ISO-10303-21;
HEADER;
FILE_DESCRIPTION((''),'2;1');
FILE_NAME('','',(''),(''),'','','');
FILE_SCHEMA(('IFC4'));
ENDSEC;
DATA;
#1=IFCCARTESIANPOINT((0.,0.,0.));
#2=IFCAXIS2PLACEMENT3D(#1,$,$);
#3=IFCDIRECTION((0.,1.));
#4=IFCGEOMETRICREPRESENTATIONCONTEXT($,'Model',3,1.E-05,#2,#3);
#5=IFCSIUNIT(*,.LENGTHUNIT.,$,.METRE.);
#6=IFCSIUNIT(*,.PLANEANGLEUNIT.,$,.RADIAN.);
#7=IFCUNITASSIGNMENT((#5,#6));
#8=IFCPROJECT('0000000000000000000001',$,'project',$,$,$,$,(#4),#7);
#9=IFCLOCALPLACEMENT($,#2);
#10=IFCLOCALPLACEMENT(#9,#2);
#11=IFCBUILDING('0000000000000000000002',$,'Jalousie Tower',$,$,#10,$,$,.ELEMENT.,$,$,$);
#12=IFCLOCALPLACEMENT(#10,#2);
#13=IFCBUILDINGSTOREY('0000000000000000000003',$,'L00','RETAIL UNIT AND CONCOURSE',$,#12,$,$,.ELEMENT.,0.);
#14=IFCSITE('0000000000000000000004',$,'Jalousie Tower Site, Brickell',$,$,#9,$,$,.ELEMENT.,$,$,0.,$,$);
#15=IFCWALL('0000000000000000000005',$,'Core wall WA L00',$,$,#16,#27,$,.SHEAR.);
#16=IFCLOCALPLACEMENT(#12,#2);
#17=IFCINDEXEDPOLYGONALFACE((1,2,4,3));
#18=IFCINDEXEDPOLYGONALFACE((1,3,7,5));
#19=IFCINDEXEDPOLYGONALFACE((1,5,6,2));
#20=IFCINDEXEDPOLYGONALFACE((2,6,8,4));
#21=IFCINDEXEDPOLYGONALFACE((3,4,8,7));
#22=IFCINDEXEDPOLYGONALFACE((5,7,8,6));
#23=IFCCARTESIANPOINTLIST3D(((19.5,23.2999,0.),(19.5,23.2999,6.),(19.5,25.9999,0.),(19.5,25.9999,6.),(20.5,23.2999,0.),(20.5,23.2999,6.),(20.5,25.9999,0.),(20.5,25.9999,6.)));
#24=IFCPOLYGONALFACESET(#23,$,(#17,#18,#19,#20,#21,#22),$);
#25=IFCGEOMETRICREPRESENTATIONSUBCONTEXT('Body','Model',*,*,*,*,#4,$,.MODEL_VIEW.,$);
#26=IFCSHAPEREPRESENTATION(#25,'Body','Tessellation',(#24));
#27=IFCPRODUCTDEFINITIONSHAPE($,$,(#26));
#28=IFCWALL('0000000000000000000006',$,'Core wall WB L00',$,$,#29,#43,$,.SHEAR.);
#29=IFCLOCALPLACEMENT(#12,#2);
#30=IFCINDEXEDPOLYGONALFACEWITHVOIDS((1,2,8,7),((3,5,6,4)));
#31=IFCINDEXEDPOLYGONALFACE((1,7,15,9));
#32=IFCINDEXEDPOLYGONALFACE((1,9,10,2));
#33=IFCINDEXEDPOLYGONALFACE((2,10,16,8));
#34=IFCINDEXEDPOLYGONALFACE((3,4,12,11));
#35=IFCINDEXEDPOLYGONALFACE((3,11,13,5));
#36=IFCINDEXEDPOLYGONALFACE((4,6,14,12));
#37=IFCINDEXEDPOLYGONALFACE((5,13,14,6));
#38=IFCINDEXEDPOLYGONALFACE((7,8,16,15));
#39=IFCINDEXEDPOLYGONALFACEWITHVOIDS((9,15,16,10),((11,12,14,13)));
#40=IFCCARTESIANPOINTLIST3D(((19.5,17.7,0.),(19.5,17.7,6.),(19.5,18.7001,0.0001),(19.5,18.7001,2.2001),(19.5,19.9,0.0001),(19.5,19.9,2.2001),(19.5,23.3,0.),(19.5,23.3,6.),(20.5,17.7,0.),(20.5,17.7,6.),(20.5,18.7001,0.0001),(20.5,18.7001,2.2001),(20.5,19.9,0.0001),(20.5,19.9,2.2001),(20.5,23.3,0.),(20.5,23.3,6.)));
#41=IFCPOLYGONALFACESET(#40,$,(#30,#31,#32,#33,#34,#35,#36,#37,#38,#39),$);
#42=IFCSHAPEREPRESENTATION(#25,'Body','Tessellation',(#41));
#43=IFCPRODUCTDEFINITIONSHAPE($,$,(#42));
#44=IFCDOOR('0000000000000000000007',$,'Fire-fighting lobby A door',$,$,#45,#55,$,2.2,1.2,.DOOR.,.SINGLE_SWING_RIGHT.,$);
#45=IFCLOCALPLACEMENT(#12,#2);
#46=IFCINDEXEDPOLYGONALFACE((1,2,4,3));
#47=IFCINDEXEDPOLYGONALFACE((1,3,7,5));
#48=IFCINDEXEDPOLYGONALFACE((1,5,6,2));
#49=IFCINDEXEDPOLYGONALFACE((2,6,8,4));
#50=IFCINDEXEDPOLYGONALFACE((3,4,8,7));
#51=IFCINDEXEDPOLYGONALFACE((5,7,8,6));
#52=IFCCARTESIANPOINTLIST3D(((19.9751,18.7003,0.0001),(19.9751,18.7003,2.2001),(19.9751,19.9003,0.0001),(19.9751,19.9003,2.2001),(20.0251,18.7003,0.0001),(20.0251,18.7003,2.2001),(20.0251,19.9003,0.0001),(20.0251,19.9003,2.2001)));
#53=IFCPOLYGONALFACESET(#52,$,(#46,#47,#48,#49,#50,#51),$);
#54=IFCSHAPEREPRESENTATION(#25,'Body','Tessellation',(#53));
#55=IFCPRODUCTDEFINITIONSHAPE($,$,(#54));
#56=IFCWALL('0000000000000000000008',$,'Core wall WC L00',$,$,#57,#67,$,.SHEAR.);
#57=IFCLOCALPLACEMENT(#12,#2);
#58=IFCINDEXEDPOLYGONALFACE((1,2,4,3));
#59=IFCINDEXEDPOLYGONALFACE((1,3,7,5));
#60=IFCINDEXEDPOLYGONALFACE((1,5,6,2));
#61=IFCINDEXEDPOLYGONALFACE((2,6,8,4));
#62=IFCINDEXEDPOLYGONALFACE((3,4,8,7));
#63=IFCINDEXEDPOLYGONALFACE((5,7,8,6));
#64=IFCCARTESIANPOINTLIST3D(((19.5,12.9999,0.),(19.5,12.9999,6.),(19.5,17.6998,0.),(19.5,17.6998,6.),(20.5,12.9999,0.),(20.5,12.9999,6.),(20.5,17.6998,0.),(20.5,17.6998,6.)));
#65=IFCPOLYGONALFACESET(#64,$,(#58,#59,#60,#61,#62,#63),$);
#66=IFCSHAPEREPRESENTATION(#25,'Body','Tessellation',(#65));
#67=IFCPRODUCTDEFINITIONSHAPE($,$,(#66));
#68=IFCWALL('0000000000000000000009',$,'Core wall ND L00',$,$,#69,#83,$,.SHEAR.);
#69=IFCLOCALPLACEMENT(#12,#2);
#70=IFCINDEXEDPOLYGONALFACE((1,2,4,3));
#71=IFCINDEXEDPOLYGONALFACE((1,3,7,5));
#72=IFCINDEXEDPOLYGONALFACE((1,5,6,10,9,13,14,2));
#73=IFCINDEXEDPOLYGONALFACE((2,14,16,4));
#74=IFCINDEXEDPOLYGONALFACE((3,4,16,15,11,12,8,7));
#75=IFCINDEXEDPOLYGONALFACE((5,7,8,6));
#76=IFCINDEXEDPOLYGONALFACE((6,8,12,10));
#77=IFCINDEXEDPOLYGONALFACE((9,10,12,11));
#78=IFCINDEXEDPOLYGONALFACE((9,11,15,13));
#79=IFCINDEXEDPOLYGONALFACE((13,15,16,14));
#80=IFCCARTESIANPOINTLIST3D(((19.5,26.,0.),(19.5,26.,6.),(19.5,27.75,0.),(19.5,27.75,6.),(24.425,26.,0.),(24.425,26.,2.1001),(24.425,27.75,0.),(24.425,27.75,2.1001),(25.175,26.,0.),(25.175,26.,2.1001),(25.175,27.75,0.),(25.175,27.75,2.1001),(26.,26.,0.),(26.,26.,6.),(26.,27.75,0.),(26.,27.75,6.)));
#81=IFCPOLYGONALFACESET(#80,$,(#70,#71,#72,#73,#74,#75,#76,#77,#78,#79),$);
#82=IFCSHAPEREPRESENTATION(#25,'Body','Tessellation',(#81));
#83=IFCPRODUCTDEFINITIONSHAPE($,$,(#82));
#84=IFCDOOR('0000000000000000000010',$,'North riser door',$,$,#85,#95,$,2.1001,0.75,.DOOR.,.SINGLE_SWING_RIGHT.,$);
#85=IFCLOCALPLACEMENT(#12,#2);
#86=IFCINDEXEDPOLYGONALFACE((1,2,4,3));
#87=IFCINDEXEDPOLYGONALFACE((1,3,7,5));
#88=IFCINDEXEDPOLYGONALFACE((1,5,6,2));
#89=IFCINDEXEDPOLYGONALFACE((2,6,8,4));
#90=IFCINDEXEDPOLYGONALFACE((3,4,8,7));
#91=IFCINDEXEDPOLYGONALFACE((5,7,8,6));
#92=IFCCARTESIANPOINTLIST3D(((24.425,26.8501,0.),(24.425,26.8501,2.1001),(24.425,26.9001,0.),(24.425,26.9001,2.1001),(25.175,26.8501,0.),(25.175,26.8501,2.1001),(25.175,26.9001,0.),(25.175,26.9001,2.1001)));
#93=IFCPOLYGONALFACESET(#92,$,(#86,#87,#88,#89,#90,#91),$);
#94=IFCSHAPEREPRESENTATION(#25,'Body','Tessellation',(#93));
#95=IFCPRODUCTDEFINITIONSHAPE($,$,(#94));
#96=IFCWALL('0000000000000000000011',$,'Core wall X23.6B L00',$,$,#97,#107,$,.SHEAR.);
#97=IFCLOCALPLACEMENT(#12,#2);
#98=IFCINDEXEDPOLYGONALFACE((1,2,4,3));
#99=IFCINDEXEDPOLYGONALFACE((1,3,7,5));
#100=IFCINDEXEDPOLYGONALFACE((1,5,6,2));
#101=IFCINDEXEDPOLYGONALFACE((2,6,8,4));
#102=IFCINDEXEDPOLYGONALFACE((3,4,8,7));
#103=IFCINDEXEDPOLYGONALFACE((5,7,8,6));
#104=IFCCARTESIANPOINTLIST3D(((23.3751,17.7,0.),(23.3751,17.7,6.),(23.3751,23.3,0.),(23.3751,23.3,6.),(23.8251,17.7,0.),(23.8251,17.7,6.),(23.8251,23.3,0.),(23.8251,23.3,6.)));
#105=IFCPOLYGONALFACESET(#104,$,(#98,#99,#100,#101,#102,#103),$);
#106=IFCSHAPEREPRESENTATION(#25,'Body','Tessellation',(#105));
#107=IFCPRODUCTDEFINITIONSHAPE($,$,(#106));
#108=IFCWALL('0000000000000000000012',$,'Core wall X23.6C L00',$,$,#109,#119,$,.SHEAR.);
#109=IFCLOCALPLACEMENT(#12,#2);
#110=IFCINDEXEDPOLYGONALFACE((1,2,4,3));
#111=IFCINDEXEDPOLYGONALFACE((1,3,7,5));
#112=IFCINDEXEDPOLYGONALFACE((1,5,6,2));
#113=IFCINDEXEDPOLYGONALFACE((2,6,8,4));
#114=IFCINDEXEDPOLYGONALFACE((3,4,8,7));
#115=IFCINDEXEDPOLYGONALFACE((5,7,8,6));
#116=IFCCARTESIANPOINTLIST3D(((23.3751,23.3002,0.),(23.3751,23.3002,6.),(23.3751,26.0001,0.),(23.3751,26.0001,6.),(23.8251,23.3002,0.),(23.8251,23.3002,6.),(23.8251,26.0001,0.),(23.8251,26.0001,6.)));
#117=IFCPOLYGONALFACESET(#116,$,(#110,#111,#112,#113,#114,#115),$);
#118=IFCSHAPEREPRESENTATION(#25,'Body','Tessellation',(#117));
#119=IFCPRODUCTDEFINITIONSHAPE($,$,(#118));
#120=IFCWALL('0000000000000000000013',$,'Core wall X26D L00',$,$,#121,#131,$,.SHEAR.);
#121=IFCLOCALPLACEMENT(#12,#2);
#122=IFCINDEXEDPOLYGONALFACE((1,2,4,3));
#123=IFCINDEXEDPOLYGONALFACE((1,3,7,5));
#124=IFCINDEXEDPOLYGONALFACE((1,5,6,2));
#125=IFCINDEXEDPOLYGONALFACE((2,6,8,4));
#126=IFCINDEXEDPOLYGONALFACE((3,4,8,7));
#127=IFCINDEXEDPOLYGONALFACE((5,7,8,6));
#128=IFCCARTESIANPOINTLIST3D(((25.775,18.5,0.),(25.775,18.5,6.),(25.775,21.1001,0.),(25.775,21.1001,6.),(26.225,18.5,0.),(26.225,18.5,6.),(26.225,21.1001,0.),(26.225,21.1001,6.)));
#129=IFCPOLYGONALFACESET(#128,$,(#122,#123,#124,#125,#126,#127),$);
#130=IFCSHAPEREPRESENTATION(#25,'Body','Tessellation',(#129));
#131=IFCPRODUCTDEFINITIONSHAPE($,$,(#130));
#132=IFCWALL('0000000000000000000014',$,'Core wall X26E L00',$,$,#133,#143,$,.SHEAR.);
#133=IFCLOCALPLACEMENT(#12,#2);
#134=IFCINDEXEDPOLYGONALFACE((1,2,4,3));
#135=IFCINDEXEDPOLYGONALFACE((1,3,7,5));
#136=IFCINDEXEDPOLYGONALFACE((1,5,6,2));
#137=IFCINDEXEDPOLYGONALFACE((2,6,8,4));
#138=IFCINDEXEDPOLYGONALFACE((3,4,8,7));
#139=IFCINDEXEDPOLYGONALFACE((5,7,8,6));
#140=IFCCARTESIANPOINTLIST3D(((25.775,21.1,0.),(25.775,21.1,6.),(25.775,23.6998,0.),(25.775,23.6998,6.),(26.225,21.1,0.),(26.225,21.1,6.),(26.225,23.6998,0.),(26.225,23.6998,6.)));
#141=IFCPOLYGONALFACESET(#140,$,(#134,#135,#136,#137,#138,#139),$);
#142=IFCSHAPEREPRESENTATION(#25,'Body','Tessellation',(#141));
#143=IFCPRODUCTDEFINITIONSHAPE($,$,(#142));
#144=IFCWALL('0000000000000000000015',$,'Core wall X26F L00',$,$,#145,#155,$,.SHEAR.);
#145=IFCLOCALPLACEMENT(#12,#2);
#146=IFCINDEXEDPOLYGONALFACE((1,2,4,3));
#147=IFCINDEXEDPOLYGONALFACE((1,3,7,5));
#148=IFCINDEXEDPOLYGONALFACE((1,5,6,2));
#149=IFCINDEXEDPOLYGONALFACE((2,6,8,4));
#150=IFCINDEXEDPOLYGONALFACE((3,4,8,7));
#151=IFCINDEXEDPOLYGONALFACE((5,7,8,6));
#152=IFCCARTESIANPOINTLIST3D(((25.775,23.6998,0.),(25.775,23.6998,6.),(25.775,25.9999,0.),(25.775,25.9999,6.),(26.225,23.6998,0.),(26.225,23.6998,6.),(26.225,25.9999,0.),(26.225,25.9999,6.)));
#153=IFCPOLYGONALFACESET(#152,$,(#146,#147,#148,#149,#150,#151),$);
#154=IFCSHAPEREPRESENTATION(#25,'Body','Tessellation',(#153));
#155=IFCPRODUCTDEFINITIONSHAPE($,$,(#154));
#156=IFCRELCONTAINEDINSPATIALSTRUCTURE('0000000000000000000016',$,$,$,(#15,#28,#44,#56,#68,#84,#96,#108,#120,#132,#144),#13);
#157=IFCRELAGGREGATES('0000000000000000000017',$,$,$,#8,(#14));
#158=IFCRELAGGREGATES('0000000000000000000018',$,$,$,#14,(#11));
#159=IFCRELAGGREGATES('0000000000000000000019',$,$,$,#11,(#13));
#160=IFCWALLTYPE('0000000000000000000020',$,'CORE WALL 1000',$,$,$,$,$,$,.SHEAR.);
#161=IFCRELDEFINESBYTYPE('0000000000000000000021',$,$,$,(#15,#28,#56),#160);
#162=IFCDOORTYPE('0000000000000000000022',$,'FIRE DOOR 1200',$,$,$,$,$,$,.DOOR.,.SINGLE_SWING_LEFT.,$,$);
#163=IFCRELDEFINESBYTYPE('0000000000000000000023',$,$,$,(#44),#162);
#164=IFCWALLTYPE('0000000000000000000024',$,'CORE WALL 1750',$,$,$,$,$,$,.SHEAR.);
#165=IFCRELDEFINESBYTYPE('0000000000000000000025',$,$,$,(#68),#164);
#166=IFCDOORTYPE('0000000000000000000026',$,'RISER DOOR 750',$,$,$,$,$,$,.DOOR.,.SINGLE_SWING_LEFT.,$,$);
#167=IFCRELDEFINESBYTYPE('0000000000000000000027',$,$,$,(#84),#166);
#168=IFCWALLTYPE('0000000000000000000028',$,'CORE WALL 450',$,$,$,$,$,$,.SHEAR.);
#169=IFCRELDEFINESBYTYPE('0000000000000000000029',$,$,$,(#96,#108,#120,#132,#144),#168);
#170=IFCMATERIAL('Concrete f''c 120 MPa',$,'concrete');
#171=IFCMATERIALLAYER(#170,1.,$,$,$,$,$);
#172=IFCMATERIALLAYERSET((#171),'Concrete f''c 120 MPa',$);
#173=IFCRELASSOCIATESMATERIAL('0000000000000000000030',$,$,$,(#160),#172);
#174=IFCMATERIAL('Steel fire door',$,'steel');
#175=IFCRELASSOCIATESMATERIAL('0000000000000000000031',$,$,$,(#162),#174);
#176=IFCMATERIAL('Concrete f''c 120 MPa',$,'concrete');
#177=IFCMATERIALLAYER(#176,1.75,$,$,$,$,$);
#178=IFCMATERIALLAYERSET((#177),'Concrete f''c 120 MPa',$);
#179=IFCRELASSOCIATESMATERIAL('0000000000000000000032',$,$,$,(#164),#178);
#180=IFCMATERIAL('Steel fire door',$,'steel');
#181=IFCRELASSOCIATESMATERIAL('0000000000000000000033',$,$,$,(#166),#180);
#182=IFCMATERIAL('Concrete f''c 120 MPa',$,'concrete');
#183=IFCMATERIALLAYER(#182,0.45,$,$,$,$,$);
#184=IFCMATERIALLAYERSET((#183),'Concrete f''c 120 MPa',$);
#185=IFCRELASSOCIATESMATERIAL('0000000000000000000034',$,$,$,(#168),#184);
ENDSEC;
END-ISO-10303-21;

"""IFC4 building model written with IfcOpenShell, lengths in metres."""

from ifc_helpers import new_model, si_unit, direction, frame, frame_2d, origin, place, context, subcontext, project, spatial, rectangle, extrude, material, layer, layer_set, type_object, element, fill, save


model = new_model("IFC4")

# Units and contexts
model_context = context("Model", 3, precision=1e-05, world=origin(), true_north=direction((0.0, 1.0)))
body_context = subcontext(model_context, "Body", "Model", "MODEL_VIEW")
ifc_project = project(units=[si_unit("LENGTHUNIT", "METRE"), si_unit("PLANEANGLEUNIT", "RADIAN")], contexts=[model_context])

# Site, building, storey
site_placement = place(None, origin())
site = spatial("IfcSite", under=ifc_project, at=site_placement, Name="Jalousie Tower Site, Brickell", CompositionType="ELEMENT", RefElevation=0.0)
building_placement = place(site_placement, origin())
building = spatial("IfcBuilding", under=site, at=building_placement, Name="Jalousie Tower", CompositionType="ELEMENT")
storey_placement = place(building_placement, origin())
storey = spatial("IfcBuildingStorey", under=building, at=storey_placement, Name="L00", Description="RETAIL UNIT AND CONCOURSE", CompositionType="ELEMENT", Elevation=0.0)

# Wall
ifc_material_1 = material(Name="Concrete f'c 120 MPa", Category="concrete")
ifc_layer_1 = layer(ifc_material_1, 1.0)
ifc_layer_set_1 = layer_set([ifc_layer_1], Name="Concrete f'c 120 MPa")
wall_type_1 = type_object("IfcWallType", Name="CORE WALL 1000", PredefinedType="SHEAR", material=ifc_layer_set_1)
wall_1_placement = place(storey_placement, frame((20.0, 26.0, 0.0), z_axis=(0.0, 0.0, 1.0), x_axis=(0.0, -1.0, 0.0)))
element("IfcWall", 1, at=wall_1_placement, inside=storey, type_object=wall_type_1, Name="Core wall WA L00", PredefinedType="SHEAR", context=body_context, shape_type="SweptSolid", body=[
    extrude(rectangle(XDim=2.7, YDim=1.0, at=frame_2d((1.3501, 0.0))), origin(), (0.0, 0.0, 1.0), 6.0),
])

# Wall, opening, door
wall_2_placement = place(storey_placement, frame((20.0, 23.3, 0.0), z_axis=(0.0, 0.0, 1.0), x_axis=(0.0, -1.0, 0.0)))
wall_2 = element("IfcWall", 2, at=wall_2_placement, inside=storey, type_object=wall_type_1, Name="Core wall WB L00", PredefinedType="SHEAR", context=body_context, shape_type="SweptSolid", body=[
    extrude(rectangle(XDim=5.6001, YDim=1.0, at=frame_2d((2.8, 0.0))), origin(), (0.0, 0.0, 1.0), 6.0),
])
opening_1_placement = place(wall_2_placement, frame((3.3999, 0.0, 0.0)))
opening_1 = element("IfcOpeningElement", 3, at=opening_1_placement, cuts=wall_2, PredefinedType="OPENING", context=body_context, shape_type="SweptSolid", body=[
    extrude(rectangle(XDim=1.2, YDim=2.2, at=frame_2d((0.6001, 1.1001))), frame((0.0, 0.51, 0.0), z_axis=(0.0, -1.0, 0.0), x_axis=(1.0, 0.0, 0.0)), (0.0, 0.0, 1.0), 1.02),
])
ifc_material_2 = material(Name="Steel fire door", Category="steel")
door_type_1 = type_object("IfcDoorType", Name="FIRE DOOR 1200", OperationType="SINGLE_SWING_LEFT", PredefinedType="DOOR", material=ifc_material_2)
door_1_placement = place(opening_1_placement, frame((1.2, 0.0, 0.0), z_axis=(0.0, 0.0, 1.0), x_axis=(-1.0, 0.0, 0.0)))
door_1 = element("IfcDoor", 4, at=door_1_placement, inside=storey, type_object=door_type_1, Name="Fire-fighting lobby A door", OperationType="SINGLE_SWING_RIGHT", OverallHeight=2.2, OverallWidth=1.2, PredefinedType="DOOR", context=body_context, shape_type="SweptSolid", body=[
    extrude(rectangle(XDim=1.2, YDim=2.2, at=frame_2d((0.6001, 1.1001))), frame((0.0, 0.0249, 0.0), z_axis=(0.0, -1.0, 0.0), x_axis=(1.0, 0.0, 0.0)), (0.0, 0.0, 1.0), 0.05),
])
fill(opening_1, door_1)

# Wall
wall_3_placement = place(storey_placement, frame((20.0, 17.7, 0.0), z_axis=(0.0, 0.0, 1.0), x_axis=(0.0, -1.0, 0.0)))
element("IfcWall", 5, at=wall_3_placement, inside=storey, type_object=wall_type_1, Name="Core wall WC L00", PredefinedType="SHEAR", context=body_context, shape_type="SweptSolid", body=[
    extrude(rectangle(XDim=4.7, YDim=1.0, at=frame_2d((2.3501, 0.0))), origin(), (0.0, 0.0, 1.0), 6.0),
])

# Wall, opening, door
ifc_material_3 = material(Name="Concrete f'c 120 MPa", Category="concrete")
ifc_layer_2 = layer(ifc_material_3, 1.75)
ifc_layer_set_2 = layer_set([ifc_layer_2], Name="Concrete f'c 120 MPa")
wall_type_2 = type_object("IfcWallType", Name="CORE WALL 1750", PredefinedType="SHEAR", material=ifc_layer_set_2)
wall_4_placement = place(storey_placement, frame((26.0, 26.875, 0.0), z_axis=(0.0, 0.0, 1.0), x_axis=(-1.0, 0.0, 0.0)))
wall_4 = element("IfcWall", 6, at=wall_4_placement, inside=storey, type_object=wall_type_2, Name="Core wall ND L00", PredefinedType="SHEAR", context=body_context, shape_type="SweptSolid", body=[
    extrude(rectangle(XDim=6.5, YDim=1.75, at=frame_2d((3.25, 0.0))), origin(), (0.0, 0.0, 1.0), 6.0),
])
opening_2_placement = place(wall_4_placement, frame((0.825, 0.0, 0.0)))
opening_2 = element("IfcOpeningElement", 7, at=opening_2_placement, cuts=wall_4, PredefinedType="OPENING", context=body_context, shape_type="SweptSolid", body=[
    extrude(rectangle(XDim=0.75, YDim=2.1001, at=frame_2d((0.375, 1.05))), frame((0.0, 0.885, 0.0), z_axis=(0.0, -1.0, 0.0), x_axis=(1.0, 0.0, 0.0)), (0.0, 0.0, 1.0), 1.77),
])
ifc_material_4 = material(Name="Steel fire door", Category="steel")
door_type_2 = type_object("IfcDoorType", Name="RISER DOOR 750", OperationType="SINGLE_SWING_LEFT", PredefinedType="DOOR", material=ifc_material_4)
door_2_placement = place(opening_2_placement, origin())
door_2 = element("IfcDoor", 8, at=door_2_placement, inside=storey, type_object=door_type_2, Name="North riser door", OperationType="SINGLE_SWING_RIGHT", OverallHeight=2.1001, OverallWidth=0.75, PredefinedType="DOOR", context=body_context, shape_type="SweptSolid", body=[
    extrude(rectangle(XDim=0.75, YDim=2.1001, at=frame_2d((0.375, 1.05))), frame((0.0, 0.0249, 0.0), z_axis=(0.0, -1.0, 0.0), x_axis=(1.0, 0.0, 0.0)), (0.0, 0.0, 1.0), 0.05),
])
fill(opening_2, door_2)

# Walls
ifc_material_5 = material(Name="Concrete f'c 120 MPa", Category="concrete")
ifc_layer_3 = layer(ifc_material_5, 0.45)
ifc_layer_set_3 = layer_set([ifc_layer_3], Name="Concrete f'c 120 MPa")
wall_type_3 = type_object("IfcWallType", Name="CORE WALL 450", PredefinedType="SHEAR", material=ifc_layer_set_3)
wall_5_placement = place(storey_placement, frame((23.6001, 17.7, 0.0), z_axis=(0.0, 0.0, 1.0), x_axis=(0.0, 1.0, 0.0)))
element("IfcWall", 9, at=wall_5_placement, inside=storey, type_object=wall_type_3, Name="Core wall X23.6B L00", PredefinedType="SHEAR", context=body_context, shape_type="SweptSolid", body=[
    extrude(rectangle(XDim=5.6001, YDim=0.45, at=frame_2d((2.8, 0.0))), origin(), (0.0, 0.0, 1.0), 6.0),
])
wall_6_placement = place(storey_placement, frame((23.6001, 23.3, 0.0), z_axis=(0.0, 0.0, 1.0), x_axis=(0.0, 1.0, 0.0)))
element("IfcWall", 10, at=wall_6_placement, inside=storey, type_object=wall_type_3, Name="Core wall X23.6C L00", PredefinedType="SHEAR", context=body_context, shape_type="SweptSolid", body=[
    extrude(rectangle(XDim=2.7, YDim=0.45, at=frame_2d((1.3501, 0.0))), origin(), (0.0, 0.0, 1.0), 6.0),
])
wall_7_placement = place(storey_placement, frame((26.0, 18.5, 0.0), z_axis=(0.0, 0.0, 1.0), x_axis=(0.0, 1.0, 0.0)))
element("IfcWall", 11, at=wall_7_placement, inside=storey, type_object=wall_type_3, Name="Core wall X26D L00", PredefinedType="SHEAR", context=body_context, shape_type="SweptSolid", body=[
    extrude(rectangle(XDim=2.6001, YDim=0.45, at=frame_2d((1.3, 0.0))), origin(), (0.0, 0.0, 1.0), 6.0),
])
wall_8_placement = place(storey_placement, frame((26.0, 21.1001, 0.0), z_axis=(0.0, 0.0, 1.0), x_axis=(0.0, 1.0, 0.0)))
element("IfcWall", 12, at=wall_8_placement, inside=storey, type_object=wall_type_3, Name="Core wall X26E L00", PredefinedType="SHEAR", context=body_context, shape_type="SweptSolid", body=[
    extrude(rectangle(XDim=2.5999, YDim=0.45, at=frame_2d((1.2998, 0.0))), origin(), (0.0, 0.0, 1.0), 6.0),
])
wall_9_placement = place(storey_placement, frame((26.0, 23.7, 0.0), z_axis=(0.0, 0.0, 1.0), x_axis=(0.0, 1.0, 0.0)))
element("IfcWall", 13, at=wall_9_placement, inside=storey, type_object=wall_type_3, Name="Core wall X26F L00", PredefinedType="SHEAR", context=body_context, shape_type="SweptSolid", body=[
    extrude(rectangle(XDim=2.3, YDim=0.45, at=frame_2d((1.1499, 0.0))), origin(), (0.0, 0.0, 1.0), 6.0),
])

save(model, "model.ifc")
